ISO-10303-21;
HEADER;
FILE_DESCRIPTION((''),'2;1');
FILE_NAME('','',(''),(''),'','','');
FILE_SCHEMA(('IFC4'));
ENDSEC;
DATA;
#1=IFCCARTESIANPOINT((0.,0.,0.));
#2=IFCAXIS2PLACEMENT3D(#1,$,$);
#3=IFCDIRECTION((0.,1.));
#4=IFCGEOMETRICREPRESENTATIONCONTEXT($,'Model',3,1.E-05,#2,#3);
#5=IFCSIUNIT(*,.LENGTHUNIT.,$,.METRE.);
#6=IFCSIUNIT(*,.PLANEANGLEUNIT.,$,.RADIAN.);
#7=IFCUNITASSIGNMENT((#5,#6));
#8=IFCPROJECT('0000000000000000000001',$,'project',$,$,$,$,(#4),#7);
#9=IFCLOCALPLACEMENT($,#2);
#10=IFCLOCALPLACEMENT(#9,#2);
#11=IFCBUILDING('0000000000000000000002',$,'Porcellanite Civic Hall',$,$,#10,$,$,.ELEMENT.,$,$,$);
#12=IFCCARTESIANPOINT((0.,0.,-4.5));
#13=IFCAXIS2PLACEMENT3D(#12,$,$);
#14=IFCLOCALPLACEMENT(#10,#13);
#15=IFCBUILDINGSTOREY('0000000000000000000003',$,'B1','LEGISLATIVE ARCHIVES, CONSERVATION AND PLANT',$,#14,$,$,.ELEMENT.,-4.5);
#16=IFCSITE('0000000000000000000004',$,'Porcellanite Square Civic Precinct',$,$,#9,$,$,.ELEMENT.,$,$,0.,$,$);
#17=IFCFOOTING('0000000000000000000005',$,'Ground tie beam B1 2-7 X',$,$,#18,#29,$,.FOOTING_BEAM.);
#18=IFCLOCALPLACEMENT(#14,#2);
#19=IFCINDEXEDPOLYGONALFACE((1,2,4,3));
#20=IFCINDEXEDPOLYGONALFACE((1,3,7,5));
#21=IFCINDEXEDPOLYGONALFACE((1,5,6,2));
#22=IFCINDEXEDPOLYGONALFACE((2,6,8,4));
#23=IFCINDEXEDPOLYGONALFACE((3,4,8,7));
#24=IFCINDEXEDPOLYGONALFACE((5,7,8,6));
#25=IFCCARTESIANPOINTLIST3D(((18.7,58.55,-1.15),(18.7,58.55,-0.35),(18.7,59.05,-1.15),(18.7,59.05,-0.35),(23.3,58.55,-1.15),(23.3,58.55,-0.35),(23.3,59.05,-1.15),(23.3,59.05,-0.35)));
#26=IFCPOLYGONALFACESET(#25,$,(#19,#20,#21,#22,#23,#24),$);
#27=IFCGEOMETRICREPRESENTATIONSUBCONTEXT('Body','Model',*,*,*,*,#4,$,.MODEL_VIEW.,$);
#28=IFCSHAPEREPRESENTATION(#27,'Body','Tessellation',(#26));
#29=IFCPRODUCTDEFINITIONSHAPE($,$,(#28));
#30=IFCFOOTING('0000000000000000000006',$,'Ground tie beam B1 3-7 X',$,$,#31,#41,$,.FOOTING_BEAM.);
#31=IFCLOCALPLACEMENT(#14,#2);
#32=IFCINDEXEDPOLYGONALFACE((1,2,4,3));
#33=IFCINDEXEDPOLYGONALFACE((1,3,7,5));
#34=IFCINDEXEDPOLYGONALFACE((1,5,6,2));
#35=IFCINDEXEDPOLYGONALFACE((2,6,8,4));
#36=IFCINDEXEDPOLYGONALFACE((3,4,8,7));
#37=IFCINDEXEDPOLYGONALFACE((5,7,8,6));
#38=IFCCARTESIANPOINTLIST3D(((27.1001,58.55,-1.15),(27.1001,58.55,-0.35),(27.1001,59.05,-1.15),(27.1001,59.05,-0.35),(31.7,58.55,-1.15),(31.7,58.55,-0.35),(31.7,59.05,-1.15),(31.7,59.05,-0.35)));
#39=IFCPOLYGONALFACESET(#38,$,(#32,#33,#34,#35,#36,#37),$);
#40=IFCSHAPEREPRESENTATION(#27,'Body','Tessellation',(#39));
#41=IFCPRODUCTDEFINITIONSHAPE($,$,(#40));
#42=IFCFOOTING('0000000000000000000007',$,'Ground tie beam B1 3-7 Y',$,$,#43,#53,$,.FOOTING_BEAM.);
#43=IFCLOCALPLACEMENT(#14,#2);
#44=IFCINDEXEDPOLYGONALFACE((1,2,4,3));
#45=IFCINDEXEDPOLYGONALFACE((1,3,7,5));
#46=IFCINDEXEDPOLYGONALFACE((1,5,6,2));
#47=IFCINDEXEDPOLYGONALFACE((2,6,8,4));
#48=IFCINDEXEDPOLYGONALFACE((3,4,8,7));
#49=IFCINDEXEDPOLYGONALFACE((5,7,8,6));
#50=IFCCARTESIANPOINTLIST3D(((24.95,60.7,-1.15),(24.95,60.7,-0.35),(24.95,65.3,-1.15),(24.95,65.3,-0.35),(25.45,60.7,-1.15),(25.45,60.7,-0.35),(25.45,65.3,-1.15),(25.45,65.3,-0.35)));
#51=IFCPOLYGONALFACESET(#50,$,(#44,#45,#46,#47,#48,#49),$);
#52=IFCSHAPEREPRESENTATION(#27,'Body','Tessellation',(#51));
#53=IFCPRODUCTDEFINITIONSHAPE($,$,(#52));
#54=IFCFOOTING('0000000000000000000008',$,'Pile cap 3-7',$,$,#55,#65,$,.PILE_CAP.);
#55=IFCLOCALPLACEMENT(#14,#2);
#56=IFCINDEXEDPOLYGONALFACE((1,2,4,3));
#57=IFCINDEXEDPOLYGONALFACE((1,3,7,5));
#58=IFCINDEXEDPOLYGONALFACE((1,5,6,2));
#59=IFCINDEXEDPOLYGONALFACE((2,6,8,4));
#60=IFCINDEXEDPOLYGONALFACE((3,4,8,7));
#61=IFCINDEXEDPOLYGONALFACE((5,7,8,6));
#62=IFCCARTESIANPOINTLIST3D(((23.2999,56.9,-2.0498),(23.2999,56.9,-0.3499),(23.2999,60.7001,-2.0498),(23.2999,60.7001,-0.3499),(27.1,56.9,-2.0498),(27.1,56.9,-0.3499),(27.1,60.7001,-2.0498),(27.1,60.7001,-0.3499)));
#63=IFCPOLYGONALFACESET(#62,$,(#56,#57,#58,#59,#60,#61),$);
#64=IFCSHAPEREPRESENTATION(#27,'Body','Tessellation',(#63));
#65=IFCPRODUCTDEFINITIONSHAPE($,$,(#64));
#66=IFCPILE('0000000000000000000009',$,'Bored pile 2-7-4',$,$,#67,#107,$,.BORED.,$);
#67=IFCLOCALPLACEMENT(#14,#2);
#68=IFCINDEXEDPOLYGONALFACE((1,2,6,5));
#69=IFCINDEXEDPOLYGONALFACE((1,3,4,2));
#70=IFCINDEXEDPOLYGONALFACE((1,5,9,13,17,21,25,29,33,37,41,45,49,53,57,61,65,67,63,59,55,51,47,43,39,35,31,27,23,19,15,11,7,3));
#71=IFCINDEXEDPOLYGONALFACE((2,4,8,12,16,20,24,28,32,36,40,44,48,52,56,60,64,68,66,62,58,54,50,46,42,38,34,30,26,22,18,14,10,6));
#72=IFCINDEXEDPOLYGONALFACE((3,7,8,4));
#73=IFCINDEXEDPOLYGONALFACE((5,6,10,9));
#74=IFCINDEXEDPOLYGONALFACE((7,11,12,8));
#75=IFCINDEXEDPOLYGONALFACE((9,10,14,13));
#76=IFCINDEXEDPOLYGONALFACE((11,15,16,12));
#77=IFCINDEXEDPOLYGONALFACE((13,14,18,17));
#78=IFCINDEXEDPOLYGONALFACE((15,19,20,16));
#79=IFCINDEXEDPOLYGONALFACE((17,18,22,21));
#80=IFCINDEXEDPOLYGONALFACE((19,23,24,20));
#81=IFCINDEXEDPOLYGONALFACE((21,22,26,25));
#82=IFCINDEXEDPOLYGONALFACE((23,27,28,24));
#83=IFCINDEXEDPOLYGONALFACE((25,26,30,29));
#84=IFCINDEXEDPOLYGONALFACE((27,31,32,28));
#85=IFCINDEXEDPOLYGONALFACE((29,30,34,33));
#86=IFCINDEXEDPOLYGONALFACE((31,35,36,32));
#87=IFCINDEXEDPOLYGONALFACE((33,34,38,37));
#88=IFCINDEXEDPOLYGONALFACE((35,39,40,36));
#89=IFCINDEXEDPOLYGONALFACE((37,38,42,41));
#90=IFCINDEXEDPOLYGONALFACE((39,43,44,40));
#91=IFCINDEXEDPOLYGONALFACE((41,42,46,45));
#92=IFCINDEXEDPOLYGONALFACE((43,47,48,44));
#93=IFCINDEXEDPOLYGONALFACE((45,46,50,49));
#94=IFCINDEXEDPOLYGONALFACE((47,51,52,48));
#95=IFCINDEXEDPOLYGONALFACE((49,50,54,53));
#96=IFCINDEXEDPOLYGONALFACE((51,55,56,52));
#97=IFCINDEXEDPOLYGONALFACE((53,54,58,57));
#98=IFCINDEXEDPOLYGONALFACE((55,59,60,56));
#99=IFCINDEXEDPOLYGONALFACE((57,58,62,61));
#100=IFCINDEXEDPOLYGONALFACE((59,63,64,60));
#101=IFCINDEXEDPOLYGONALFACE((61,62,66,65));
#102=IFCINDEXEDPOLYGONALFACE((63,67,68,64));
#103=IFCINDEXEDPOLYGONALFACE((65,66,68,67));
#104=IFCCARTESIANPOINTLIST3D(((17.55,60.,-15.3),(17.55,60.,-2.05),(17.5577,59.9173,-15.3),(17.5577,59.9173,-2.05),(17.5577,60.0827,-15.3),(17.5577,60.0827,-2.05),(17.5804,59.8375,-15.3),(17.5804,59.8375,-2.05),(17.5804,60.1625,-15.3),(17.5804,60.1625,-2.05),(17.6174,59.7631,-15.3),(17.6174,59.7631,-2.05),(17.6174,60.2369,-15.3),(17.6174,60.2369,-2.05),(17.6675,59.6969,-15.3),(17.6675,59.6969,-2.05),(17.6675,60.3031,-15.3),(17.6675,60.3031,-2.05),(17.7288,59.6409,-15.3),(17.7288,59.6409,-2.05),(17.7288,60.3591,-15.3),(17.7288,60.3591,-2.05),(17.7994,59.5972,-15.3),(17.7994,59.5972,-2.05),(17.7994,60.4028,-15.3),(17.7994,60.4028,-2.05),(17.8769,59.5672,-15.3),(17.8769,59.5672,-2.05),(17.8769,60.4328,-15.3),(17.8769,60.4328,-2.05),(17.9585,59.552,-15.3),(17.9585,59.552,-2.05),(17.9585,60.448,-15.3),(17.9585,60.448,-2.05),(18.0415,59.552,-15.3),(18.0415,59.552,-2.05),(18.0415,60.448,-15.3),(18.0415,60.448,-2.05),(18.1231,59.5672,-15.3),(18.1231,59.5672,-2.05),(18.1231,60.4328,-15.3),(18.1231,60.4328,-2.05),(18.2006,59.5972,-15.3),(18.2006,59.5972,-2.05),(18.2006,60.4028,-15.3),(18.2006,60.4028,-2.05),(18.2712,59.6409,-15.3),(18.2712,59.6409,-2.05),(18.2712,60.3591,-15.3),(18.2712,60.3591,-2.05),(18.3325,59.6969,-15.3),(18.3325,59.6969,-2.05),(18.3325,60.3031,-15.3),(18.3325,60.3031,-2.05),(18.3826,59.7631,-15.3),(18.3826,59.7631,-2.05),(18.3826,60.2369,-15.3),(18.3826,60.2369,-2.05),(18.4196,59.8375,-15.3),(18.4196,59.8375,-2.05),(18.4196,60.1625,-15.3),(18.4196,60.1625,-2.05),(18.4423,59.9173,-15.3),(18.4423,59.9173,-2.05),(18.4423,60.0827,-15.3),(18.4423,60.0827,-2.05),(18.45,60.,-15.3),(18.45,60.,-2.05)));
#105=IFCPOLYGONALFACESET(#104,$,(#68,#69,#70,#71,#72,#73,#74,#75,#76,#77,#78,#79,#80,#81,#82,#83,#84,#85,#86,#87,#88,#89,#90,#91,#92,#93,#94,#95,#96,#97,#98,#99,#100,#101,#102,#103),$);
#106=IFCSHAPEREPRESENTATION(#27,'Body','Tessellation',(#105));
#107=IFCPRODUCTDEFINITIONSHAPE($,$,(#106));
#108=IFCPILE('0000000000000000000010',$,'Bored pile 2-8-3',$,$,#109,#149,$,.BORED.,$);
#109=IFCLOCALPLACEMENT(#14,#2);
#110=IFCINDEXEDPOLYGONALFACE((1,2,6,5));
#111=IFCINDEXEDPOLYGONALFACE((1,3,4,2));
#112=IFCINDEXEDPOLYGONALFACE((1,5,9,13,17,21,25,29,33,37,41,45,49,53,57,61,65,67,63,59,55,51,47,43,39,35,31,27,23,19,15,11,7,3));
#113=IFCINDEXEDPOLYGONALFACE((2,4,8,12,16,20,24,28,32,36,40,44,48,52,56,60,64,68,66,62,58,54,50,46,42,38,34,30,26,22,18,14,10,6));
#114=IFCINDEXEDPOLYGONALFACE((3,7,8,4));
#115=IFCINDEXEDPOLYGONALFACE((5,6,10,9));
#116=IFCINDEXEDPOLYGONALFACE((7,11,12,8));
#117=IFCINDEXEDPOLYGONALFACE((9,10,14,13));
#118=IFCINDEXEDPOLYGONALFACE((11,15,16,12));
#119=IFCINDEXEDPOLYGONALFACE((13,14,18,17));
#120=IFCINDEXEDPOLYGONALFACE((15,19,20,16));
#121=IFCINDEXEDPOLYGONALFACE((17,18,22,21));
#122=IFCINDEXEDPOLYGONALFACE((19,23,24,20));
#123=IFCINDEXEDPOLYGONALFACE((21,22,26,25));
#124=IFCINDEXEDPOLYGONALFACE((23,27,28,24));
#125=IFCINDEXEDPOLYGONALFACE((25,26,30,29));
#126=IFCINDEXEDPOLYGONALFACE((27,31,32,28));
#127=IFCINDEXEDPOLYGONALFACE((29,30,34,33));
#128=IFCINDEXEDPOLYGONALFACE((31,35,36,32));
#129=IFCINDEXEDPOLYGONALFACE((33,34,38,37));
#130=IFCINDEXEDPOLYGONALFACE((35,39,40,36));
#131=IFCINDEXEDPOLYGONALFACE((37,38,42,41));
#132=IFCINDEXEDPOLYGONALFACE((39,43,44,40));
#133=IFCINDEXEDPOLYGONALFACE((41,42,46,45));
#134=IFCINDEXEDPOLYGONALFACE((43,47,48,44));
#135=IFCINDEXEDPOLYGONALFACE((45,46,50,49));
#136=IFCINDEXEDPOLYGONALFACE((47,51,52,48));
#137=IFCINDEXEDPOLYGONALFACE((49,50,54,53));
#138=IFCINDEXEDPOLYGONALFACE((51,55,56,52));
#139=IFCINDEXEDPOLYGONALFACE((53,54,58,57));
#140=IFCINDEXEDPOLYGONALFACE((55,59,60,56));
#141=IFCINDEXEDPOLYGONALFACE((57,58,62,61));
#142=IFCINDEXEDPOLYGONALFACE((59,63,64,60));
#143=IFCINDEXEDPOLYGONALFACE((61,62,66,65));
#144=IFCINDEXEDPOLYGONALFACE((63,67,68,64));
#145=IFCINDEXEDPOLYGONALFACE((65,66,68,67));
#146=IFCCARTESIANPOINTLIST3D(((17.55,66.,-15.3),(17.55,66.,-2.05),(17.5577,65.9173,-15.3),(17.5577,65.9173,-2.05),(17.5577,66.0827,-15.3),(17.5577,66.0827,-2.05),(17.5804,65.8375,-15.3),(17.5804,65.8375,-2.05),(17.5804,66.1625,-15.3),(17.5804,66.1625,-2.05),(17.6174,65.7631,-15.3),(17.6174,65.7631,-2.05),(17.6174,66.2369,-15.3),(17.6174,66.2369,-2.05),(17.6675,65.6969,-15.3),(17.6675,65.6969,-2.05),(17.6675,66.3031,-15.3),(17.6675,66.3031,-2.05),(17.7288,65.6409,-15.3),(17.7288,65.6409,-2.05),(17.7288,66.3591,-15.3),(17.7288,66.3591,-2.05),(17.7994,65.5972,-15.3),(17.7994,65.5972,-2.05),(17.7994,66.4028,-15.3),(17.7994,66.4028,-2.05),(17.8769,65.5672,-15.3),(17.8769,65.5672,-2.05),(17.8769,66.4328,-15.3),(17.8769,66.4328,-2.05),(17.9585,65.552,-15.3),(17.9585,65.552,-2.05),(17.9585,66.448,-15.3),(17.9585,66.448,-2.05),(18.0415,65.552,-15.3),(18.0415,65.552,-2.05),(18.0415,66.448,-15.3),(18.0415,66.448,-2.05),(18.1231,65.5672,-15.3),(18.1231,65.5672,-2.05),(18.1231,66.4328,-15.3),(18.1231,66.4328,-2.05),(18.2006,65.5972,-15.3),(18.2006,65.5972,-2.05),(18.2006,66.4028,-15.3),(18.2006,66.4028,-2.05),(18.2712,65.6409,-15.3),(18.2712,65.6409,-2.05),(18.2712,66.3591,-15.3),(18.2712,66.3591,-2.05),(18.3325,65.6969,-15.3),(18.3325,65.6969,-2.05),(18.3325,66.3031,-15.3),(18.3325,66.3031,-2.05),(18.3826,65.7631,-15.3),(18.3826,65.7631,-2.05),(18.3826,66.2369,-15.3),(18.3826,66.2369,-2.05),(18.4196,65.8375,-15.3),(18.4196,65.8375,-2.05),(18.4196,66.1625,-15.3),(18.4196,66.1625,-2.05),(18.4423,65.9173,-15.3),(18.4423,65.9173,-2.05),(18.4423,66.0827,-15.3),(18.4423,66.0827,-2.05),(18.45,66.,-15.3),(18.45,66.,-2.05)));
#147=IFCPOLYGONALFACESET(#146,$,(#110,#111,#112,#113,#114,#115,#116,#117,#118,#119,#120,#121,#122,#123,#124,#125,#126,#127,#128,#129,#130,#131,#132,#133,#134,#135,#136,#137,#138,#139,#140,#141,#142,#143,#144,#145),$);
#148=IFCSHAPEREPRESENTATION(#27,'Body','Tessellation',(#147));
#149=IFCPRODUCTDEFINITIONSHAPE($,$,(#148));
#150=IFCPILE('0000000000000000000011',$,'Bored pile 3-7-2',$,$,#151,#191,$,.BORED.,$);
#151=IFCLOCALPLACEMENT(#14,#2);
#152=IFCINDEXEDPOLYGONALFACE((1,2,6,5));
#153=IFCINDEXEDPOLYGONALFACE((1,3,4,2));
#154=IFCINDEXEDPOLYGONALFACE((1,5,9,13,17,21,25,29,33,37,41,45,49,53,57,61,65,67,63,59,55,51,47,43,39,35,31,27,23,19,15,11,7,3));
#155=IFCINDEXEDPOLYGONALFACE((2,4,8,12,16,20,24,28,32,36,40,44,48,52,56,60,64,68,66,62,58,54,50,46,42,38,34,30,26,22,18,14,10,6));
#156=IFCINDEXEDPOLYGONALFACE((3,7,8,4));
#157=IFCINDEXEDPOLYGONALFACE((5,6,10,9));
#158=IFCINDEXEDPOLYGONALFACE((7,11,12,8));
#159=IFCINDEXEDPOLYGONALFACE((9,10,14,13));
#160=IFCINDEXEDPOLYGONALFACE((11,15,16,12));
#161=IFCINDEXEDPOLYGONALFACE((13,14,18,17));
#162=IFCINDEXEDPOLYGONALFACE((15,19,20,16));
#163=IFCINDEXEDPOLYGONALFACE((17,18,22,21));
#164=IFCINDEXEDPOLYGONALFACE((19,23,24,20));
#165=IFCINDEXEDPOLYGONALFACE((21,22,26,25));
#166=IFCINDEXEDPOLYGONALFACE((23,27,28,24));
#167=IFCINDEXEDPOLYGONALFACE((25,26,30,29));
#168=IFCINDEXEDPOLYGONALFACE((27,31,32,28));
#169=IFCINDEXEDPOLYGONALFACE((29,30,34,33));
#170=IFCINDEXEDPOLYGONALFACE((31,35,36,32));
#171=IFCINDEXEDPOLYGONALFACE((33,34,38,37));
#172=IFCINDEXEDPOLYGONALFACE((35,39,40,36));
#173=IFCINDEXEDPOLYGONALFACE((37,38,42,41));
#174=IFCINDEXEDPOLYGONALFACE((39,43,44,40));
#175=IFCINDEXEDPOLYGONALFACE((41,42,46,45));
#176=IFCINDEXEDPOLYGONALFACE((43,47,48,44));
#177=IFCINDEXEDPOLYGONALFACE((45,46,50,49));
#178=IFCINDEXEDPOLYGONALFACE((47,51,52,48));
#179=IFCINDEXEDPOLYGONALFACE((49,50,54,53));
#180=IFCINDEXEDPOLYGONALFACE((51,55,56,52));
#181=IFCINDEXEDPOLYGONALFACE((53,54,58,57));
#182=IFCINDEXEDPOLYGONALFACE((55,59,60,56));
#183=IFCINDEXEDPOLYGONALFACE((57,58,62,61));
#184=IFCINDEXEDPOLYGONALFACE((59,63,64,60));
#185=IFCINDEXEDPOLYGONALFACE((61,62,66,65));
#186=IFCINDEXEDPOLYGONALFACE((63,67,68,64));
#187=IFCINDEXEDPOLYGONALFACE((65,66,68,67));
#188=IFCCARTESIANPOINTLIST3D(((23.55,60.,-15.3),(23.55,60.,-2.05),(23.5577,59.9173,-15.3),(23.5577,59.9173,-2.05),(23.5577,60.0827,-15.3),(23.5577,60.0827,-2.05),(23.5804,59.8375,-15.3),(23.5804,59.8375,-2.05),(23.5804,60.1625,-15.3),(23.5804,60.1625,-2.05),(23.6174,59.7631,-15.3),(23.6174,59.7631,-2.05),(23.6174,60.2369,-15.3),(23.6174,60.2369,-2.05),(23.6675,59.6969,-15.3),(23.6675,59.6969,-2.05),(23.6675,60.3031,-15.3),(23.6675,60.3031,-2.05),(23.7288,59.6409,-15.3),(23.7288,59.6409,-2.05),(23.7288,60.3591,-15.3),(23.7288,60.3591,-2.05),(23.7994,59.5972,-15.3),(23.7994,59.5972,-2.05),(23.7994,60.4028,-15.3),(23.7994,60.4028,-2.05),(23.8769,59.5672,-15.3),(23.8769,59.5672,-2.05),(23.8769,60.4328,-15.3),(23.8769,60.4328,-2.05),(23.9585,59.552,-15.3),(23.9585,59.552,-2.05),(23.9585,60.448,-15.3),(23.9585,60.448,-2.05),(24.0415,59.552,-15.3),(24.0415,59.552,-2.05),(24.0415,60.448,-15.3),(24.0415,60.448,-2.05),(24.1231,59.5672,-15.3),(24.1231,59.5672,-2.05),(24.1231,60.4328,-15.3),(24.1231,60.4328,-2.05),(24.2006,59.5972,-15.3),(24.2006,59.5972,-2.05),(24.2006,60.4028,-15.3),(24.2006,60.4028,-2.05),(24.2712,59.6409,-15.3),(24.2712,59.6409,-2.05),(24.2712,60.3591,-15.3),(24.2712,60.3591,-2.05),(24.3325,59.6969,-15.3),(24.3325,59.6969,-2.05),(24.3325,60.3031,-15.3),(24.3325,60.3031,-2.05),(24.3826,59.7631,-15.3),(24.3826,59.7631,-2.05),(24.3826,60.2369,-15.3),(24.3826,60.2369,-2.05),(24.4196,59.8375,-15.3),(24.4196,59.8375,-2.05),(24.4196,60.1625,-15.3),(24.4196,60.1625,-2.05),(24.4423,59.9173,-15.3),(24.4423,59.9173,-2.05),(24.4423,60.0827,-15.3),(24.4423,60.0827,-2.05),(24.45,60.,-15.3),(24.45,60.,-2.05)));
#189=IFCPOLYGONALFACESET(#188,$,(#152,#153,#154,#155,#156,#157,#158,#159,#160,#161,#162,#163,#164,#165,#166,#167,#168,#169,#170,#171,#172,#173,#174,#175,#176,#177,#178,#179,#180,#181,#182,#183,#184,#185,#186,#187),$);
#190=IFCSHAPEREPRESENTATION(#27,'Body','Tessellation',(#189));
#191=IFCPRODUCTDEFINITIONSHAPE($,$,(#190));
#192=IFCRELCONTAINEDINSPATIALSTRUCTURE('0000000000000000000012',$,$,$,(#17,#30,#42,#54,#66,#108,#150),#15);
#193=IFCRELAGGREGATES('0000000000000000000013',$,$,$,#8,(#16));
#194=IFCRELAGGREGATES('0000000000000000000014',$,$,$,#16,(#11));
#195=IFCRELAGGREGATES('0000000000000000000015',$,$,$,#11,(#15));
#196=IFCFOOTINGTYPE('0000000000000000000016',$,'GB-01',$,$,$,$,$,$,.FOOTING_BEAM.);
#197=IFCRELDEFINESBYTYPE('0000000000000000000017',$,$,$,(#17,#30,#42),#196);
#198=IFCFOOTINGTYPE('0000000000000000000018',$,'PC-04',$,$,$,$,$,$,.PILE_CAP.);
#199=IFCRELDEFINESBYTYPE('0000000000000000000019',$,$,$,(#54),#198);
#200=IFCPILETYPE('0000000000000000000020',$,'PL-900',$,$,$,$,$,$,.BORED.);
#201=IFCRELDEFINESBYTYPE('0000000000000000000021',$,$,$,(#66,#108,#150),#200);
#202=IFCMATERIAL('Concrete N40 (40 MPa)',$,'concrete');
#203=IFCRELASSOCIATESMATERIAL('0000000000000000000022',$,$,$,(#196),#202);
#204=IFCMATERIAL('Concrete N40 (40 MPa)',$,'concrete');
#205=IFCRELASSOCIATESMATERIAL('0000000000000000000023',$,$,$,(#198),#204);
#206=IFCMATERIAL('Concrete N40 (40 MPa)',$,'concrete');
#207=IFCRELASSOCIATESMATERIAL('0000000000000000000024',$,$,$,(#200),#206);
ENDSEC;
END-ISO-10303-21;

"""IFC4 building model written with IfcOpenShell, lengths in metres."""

from ifc_helpers import new_model, si_unit, direction, frame, origin, origin_2d, place, context, subcontext, project, spatial, rectangle, circle, extrude, material, material_profile, profile_set, type_object, element, save


model = new_model("IFC4")

# Units and contexts
model_context = context("Model", 3, precision=1e-05, world=origin(), true_north=direction((0.0, 1.0)))
body_context = subcontext(model_context, "Body", "Model", "MODEL_VIEW")
ifc_project = project(units=[si_unit("LENGTHUNIT", "METRE"), si_unit("PLANEANGLEUNIT", "RADIAN")], contexts=[model_context])

# Site, building, storey
site_placement = place(None, origin())
site = spatial("IfcSite", under=ifc_project, at=site_placement, Name="Porcellanite Square Civic Precinct", CompositionType="ELEMENT", RefElevation=0.0)
building_placement = place(site_placement, origin())
building = spatial("IfcBuilding", under=site, at=building_placement, Name="Porcellanite Civic Hall", CompositionType="ELEMENT")
storey_placement = place(building_placement, frame((0.0, 0.0, -4.5)))
storey = spatial("IfcBuildingStorey", under=building, at=storey_placement, Name="B1", Description="LEGISLATIVE ARCHIVES, CONSERVATION AND PLANT", CompositionType="ELEMENT", Elevation=-4.5)

# Footings
ifc_material_1 = material(Name="Concrete N40 (40 MPa)", Category="concrete")
ifc_material_profile_1 = material_profile(ifc_material_1, rectangle(XDim=0.5, YDim=0.8, at=origin_2d()), Name="RC-500x800")
ifc_profile_set_1 = profile_set([ifc_material_profile_1], Name="Concrete N40 (40 MPa)")
footing_type_1 = type_object("IfcFootingType", Name="GB-01", PredefinedType="FOOTING_BEAM", material=ifc_profile_set_1)
footing_1_placement = place(storey_placement, frame((18.7, 58.8, -0.75), z_axis=(1.0, 0.0, 0.0), x_axis=(0.0, 1.0, 0.0)))
element("IfcFooting", 1, at=footing_1_placement, inside=storey, type_object=footing_type_1, Name="Ground tie beam B1 2-7 X", PredefinedType="FOOTING_BEAM", context=body_context, shape_type="SweptSolid", body=[
    extrude(rectangle(XDim=0.5, YDim=0.8, at=origin_2d()), origin(), (0.0, 0.0, 1.0), 4.6001),
])
footing_2_placement = place(storey_placement, frame((27.1001, 58.8, -0.75), z_axis=(1.0, 0.0, 0.0), x_axis=(0.0, 1.0, 0.0)))
element("IfcFooting", 2, at=footing_2_placement, inside=storey, type_object=footing_type_1, Name="Ground tie beam B1 3-7 X", PredefinedType="FOOTING_BEAM", context=body_context, shape_type="SweptSolid", body=[
    extrude(rectangle(XDim=0.5, YDim=0.8, at=origin_2d()), origin(), (0.0, 0.0, 1.0), 4.5999),
])
footing_3_placement = place(storey_placement, frame((25.2, 60.7, -0.75), z_axis=(0.0, 1.0, 0.0), x_axis=(-1.0, 0.0, 0.0)))
element("IfcFooting", 3, at=footing_3_placement, inside=storey, type_object=footing_type_1, Name="Ground tie beam B1 3-7 Y", PredefinedType="FOOTING_BEAM", context=body_context, shape_type="SweptSolid", body=[
    extrude(rectangle(XDim=0.5, YDim=0.8, at=origin_2d()), origin(), (0.0, 0.0, 1.0), 4.6001),
])
ifc_material_2 = material(Name="Concrete N40 (40 MPa)", Category="concrete")
footing_type_2 = type_object("IfcFootingType", Name="PC-04", PredefinedType="PILE_CAP", material=ifc_material_2)
footing_4_placement = place(storey_placement, frame((25.2, 58.8, -2.0498), z_axis=(0.0, 0.0, 1.0), x_axis=(1.0, 0.0, 0.0)))
element("IfcFooting", 4, at=footing_4_placement, inside=storey, type_object=footing_type_2, Name="Pile cap 3-7", PredefinedType="PILE_CAP", context=body_context, shape_type="SweptSolid", body=[
    extrude(rectangle(XDim=3.8, YDim=3.8, at=origin_2d()), origin(), (0.0, 0.0, 1.0), 1.7),
])

# Piles
ifc_material_3 = material(Name="Concrete N40 (40 MPa)", Category="concrete")
ifc_material_profile_2 = material_profile(ifc_material_3, circle(Radius=0.45, at=origin_2d()), Name="PILE-D900")
ifc_profile_set_2 = profile_set([ifc_material_profile_2], Name="Concrete N40 (40 MPa)")
pile_type = type_object("IfcPileType", Name="PL-900", PredefinedType="BORED", material=ifc_profile_set_2)
for number, where, z_axis, x_axis, name in (
    (5, (18.0, 60.0, -2.05), (0.0, 0.0, -1.0), (1.0, 0.0, 0.0), "Bored pile 2-7-4"),
    (6, (18.0, 66.0, -2.05), (0.0, 0.0, -1.0), (1.0, 0.0, 0.0), "Bored pile 2-8-3"),
    (7, (24.0, 60.0, -2.05), (0.0, 0.0, -1.0), (1.0, 0.0, 0.0), "Bored pile 3-7-2"),
):
    element("IfcPile", number, at=place(storey_placement, frame(where, z_axis=z_axis, x_axis=x_axis)), inside=storey, type_object=pile_type, Name=name, PredefinedType="BORED", context=body_context, shape_type="SweptSolid", body=[
        extrude(circle(Radius=0.45, at=origin_2d()), origin(), (0.0, 0.0, 1.0), 13.25),
    ])

save(model, "model.ifc")
